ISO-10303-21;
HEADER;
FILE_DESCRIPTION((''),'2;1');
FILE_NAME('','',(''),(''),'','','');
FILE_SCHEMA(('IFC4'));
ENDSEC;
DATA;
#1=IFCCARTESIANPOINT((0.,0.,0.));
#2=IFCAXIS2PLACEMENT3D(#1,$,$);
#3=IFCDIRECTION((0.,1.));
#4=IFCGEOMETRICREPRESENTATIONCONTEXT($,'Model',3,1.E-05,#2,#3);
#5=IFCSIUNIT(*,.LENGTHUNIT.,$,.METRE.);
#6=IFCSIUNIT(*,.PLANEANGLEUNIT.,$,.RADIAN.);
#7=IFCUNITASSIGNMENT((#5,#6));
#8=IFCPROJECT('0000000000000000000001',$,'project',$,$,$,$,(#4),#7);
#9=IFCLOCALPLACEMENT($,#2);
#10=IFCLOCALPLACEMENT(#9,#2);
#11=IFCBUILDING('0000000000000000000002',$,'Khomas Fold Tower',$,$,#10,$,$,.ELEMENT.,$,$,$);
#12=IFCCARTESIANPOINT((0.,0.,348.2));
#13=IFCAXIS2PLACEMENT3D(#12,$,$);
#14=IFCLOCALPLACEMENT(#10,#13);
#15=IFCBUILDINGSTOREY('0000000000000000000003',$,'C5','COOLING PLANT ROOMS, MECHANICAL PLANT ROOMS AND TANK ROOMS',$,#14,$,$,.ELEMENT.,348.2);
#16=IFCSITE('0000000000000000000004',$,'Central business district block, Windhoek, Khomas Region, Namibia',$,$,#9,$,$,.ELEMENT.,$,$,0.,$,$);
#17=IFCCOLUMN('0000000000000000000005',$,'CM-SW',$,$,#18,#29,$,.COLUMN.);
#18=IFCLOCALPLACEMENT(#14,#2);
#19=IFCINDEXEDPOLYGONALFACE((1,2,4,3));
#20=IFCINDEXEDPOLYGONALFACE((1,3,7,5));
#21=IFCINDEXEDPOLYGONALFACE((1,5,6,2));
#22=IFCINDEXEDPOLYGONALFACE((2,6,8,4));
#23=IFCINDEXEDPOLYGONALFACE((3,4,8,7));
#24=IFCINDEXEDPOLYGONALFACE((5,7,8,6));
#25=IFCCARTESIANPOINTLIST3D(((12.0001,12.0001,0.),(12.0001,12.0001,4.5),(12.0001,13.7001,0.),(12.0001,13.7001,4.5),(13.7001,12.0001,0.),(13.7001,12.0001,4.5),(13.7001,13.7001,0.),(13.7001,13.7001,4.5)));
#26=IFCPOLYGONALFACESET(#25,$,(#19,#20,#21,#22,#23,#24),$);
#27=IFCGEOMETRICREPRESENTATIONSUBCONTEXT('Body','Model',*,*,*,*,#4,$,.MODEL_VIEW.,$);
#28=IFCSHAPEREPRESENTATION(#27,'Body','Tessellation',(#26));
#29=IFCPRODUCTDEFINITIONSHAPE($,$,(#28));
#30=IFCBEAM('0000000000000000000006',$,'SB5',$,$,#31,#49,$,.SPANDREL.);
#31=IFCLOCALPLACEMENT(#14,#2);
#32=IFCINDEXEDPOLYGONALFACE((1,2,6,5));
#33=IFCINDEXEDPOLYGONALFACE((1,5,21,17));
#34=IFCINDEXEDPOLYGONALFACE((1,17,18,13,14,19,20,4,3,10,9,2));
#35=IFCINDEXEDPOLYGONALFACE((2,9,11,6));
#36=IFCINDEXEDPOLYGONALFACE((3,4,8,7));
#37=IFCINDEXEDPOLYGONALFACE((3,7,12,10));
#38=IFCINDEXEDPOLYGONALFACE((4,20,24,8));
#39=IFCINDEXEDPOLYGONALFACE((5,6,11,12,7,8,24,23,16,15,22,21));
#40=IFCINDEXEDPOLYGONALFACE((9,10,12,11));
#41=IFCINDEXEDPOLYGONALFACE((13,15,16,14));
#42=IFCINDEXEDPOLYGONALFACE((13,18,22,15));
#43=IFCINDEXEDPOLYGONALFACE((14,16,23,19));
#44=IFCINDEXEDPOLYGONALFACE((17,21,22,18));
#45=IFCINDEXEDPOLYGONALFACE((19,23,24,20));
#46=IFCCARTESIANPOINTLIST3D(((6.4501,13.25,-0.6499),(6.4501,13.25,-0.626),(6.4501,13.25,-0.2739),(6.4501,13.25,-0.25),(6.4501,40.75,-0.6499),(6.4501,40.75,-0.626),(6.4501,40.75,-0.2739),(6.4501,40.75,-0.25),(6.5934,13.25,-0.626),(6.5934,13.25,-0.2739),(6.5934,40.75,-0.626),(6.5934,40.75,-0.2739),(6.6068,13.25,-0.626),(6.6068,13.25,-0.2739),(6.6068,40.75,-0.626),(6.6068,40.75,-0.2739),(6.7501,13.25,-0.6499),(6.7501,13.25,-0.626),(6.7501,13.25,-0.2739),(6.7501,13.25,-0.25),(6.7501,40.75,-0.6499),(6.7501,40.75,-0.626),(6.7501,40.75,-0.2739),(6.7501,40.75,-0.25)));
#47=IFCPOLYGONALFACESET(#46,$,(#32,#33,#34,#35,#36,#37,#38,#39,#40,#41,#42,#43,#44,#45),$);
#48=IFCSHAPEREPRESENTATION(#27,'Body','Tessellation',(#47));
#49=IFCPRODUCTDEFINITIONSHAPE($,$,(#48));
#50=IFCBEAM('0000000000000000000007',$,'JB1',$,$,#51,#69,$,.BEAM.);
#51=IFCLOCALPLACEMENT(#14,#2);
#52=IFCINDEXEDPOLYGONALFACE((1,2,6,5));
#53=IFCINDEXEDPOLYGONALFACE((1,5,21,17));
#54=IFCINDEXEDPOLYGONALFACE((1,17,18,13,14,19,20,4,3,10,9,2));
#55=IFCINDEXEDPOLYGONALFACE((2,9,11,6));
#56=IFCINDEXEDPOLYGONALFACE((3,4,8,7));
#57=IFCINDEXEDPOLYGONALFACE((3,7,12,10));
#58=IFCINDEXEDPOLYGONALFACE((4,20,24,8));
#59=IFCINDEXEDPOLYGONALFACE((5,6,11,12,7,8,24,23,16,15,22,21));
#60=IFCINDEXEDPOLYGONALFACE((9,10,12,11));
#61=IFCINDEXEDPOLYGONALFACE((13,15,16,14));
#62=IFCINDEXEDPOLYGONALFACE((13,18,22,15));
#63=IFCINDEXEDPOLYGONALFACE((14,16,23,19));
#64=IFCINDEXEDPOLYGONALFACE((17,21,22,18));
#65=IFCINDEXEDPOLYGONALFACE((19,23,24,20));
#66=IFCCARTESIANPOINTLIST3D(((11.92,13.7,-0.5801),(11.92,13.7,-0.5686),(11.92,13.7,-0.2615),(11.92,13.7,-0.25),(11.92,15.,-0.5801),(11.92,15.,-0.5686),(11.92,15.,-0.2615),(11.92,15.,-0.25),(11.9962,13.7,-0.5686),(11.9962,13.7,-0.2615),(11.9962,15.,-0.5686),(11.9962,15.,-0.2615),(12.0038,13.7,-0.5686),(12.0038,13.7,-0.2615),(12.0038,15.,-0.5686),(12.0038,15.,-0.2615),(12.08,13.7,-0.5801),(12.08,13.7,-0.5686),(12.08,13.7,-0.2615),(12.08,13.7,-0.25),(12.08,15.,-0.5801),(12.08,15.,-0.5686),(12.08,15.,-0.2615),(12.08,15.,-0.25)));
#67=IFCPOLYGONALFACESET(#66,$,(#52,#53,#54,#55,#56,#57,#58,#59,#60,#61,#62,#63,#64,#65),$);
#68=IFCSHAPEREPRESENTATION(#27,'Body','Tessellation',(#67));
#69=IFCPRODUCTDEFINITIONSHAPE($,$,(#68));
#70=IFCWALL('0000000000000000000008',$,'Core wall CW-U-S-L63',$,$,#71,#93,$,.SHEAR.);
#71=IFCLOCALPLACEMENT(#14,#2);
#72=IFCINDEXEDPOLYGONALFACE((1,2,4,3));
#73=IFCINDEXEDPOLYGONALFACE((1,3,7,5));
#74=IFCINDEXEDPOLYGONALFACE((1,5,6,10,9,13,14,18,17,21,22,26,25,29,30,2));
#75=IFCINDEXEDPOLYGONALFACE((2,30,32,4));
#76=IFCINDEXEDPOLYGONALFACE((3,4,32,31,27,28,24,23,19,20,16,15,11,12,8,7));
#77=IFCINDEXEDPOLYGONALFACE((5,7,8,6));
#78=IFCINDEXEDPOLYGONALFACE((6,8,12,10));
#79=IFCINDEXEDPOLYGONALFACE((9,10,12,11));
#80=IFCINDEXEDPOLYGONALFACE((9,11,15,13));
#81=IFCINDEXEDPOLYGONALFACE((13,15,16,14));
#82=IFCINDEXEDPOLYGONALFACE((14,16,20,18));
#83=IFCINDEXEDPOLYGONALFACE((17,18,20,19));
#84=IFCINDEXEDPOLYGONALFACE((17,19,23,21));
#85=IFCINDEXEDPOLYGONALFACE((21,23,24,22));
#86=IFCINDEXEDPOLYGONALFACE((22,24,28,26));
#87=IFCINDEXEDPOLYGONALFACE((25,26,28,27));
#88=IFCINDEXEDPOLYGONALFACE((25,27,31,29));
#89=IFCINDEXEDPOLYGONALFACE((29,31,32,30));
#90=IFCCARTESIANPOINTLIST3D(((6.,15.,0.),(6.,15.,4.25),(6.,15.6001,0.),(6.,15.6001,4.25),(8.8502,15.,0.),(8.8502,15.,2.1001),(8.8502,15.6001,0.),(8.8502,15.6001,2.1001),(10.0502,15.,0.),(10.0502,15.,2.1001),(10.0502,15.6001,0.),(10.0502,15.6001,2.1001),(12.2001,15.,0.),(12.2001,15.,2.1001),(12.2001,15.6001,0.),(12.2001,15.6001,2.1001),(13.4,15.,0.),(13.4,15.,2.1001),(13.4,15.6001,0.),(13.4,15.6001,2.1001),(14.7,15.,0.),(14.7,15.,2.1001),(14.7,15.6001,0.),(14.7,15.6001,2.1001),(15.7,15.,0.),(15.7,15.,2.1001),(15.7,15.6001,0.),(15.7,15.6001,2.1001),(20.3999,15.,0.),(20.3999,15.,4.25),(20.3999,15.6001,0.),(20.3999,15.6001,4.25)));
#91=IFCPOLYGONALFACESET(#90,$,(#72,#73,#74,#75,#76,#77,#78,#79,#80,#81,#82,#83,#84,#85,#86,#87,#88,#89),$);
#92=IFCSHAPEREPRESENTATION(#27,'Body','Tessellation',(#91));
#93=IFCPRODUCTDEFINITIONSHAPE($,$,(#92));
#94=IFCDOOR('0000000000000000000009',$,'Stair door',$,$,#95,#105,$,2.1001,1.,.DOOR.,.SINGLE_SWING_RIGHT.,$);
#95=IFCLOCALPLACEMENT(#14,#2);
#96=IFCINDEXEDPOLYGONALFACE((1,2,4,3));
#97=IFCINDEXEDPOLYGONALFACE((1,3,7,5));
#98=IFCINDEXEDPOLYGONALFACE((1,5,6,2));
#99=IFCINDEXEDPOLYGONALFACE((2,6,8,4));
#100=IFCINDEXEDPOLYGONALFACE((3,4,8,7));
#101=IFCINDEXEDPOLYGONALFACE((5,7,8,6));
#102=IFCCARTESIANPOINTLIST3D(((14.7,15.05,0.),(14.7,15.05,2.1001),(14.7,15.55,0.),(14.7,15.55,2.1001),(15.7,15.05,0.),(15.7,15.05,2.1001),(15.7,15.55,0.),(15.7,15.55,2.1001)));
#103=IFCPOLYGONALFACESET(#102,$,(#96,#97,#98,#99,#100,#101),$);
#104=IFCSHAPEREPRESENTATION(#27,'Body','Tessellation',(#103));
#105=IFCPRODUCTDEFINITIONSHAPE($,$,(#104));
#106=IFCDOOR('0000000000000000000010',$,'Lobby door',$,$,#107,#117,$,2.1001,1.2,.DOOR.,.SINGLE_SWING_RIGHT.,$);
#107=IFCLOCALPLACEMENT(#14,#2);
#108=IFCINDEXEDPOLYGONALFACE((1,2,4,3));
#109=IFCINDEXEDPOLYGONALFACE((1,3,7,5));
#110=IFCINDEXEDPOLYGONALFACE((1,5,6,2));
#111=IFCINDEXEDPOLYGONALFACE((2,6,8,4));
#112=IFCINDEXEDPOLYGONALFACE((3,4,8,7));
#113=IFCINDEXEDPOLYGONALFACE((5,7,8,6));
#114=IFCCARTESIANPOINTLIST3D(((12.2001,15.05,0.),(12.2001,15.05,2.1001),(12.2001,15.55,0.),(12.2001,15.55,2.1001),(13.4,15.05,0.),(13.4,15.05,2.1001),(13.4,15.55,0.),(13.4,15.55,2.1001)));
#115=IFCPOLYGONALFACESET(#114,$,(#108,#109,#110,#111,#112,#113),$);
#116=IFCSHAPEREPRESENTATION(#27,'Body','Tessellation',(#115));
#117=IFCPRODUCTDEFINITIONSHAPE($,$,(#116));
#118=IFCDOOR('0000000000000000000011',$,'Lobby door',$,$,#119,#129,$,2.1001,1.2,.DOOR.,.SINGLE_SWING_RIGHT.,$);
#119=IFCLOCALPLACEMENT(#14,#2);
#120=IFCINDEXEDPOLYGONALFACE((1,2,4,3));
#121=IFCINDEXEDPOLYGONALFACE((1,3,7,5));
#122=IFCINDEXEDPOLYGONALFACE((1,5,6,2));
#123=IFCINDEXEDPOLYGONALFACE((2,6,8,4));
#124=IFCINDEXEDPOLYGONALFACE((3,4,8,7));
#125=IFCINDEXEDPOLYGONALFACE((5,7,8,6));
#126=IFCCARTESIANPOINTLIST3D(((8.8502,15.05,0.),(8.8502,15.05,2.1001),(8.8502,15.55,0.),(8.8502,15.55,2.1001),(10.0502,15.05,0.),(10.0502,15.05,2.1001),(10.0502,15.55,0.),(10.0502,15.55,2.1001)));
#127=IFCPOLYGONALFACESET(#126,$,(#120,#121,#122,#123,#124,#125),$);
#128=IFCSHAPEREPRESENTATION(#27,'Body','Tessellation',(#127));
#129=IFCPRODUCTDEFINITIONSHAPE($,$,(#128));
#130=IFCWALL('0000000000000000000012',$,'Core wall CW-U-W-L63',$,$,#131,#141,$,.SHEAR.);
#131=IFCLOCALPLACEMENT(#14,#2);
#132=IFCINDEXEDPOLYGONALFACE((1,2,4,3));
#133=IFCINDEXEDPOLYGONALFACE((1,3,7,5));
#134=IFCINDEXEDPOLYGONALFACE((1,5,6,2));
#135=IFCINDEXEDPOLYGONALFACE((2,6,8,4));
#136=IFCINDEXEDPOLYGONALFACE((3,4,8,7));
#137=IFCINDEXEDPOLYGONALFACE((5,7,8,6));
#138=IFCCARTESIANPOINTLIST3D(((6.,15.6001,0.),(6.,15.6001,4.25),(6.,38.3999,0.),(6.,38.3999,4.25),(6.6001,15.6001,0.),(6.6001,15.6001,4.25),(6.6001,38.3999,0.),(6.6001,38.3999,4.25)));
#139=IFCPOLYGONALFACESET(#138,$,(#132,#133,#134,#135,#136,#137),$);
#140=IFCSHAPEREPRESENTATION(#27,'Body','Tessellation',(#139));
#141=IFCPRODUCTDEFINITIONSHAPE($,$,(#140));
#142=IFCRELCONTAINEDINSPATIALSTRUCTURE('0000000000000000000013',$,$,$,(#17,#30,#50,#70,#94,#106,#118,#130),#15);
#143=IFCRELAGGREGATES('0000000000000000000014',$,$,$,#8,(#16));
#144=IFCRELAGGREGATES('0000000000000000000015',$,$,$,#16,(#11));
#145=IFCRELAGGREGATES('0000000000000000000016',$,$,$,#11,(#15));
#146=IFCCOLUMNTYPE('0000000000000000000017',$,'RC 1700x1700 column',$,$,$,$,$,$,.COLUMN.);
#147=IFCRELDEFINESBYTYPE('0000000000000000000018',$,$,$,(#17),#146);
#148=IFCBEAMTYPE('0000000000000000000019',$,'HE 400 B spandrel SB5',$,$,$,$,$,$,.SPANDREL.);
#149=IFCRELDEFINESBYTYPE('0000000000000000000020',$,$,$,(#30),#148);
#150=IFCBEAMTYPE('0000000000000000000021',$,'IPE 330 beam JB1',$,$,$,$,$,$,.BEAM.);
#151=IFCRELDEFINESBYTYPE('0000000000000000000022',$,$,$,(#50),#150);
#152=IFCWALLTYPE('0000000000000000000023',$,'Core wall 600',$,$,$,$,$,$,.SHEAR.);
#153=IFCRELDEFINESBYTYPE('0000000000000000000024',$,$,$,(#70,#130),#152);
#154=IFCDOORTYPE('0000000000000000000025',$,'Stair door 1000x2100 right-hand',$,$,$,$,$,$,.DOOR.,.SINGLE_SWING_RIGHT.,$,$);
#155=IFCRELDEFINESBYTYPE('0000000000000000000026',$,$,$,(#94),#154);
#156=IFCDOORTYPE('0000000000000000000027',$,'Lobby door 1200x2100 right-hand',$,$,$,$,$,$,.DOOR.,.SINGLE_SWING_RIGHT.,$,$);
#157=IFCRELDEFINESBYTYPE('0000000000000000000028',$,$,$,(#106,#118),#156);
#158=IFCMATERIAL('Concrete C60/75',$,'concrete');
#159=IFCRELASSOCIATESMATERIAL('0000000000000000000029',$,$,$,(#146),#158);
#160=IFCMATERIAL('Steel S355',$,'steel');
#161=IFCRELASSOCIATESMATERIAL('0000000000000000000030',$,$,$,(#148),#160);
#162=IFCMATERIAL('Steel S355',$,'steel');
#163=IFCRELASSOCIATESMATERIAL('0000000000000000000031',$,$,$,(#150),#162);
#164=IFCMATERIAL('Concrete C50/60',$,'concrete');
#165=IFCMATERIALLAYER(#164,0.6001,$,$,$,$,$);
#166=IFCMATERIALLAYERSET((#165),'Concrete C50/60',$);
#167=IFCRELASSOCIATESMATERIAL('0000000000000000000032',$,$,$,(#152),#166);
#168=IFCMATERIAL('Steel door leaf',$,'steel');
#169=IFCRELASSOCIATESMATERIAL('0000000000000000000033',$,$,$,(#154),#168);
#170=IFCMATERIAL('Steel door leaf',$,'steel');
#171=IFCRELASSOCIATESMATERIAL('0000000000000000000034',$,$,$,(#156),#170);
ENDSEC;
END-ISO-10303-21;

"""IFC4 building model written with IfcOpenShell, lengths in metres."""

from ifc_helpers import new_model, si_unit, direction, frame, frame_2d, origin, origin_2d, place, context, subcontext, project, spatial, rectangle, i_section, extrude, source, transform, mapped, material, layer, layer_set, material_profile, profile_set, type_object, element, fill, save


model = new_model("IFC4")

# Units and contexts
model_context = context("Model", 3, precision=1e-05, world=origin(), true_north=direction((0.0, 1.0)))
body_context = subcontext(model_context, "Body", "Model", "MODEL_VIEW")
ifc_project = project(units=[si_unit("LENGTHUNIT", "METRE"), si_unit("PLANEANGLEUNIT", "RADIAN")], contexts=[model_context])

# Site, building, storey
site_placement = place(None, origin())
site = spatial("IfcSite", under=ifc_project, at=site_placement, Name="Central business district block, Windhoek, Khomas Region, Namibia", CompositionType="ELEMENT", RefElevation=0.0)
building_placement = place(site_placement, origin())
building = spatial("IfcBuilding", under=site, at=building_placement, Name="Khomas Fold Tower", CompositionType="ELEMENT")
storey_placement = place(building_placement, frame((0.0, 0.0, 348.2)))
storey = spatial("IfcBuildingStorey", under=building, at=storey_placement, Name="C5", Description="COOLING PLANT ROOMS, MECHANICAL PLANT ROOMS AND TANK ROOMS", CompositionType="ELEMENT", Elevation=348.2)

# Column
ifc_material_1 = material(Name="Concrete C60/75", Category="concrete")
ifc_material_profile_1 = material_profile(ifc_material_1, rectangle(XDim=1.7, YDim=1.7, at=origin_2d()), Name="RC 1700x1700")
ifc_profile_set_1 = profile_set([ifc_material_profile_1], Name="Concrete C60/75")
column_type = type_object("IfcColumnType", Name="RC 1700x1700 column", PredefinedType="COLUMN", material=ifc_profile_set_1)
shared_shape_1 = source(origin(), body_context, "Body", "SweptSolid", [
    extrude(rectangle(XDim=1.7, YDim=1.7, at=origin_2d()), origin(), (0.0, 0.0, 1.0), 4.5),
])
column_placement = place(storey_placement, frame((12.8501, 12.8501, 0.0), z_axis=(0.0, 0.0, 1.0), x_axis=(1.0, 0.0, 0.0)))
element("IfcColumn", 1, at=column_placement, inside=storey, type_object=column_type, Name="CM-SW", PredefinedType="COLUMN", context=body_context, shape_type="MappedRepresentation", body=[
    mapped(shared_shape_1, transform((0.0, 0.0, 0.0))),
])

# Beams
ifc_material_2 = material(Name="Steel S355", Category="steel")
ifc_material_profile_2 = material_profile(ifc_material_2, i_section(OverallWidth=0.3, OverallDepth=0.3999, WebThickness=0.0134, FlangeThickness=0.0239, at=origin_2d()), Name="HE 400 B")
ifc_profile_set_2 = profile_set([ifc_material_profile_2], Name="Steel S355")
beam_type_1 = type_object("IfcBeamType", Name="HE 400 B spandrel SB5", PredefinedType="SPANDREL", material=ifc_profile_set_2)
shared_shape_2 = source(origin(), body_context, "Body", "SweptSolid", [
    extrude(i_section(OverallWidth=0.3, OverallDepth=0.3999, WebThickness=0.0134, FlangeThickness=0.0239, at=origin_2d()), origin(), (0.0, 0.0, 1.0), 27.5),
])
beam_1_placement = place(storey_placement, frame((6.6001, 13.25, -0.45), z_axis=(0.0, 1.0, 0.0), x_axis=(-1.0, 0.0, 0.0)))
element("IfcBeam", 2, at=beam_1_placement, inside=storey, type_object=beam_type_1, Name="SB5", PredefinedType="SPANDREL", context=body_context, shape_type="MappedRepresentation", body=[
    mapped(shared_shape_2, transform((0.0, 0.0, 0.0))),
])
ifc_material_3 = material(Name="Steel S355", Category="steel")
ifc_material_profile_3 = material_profile(ifc_material_3, i_section(OverallWidth=0.1599, OverallDepth=0.3301, WebThickness=0.0076, FlangeThickness=0.0115, at=origin_2d()), Name="IPE 330")
ifc_profile_set_3 = profile_set([ifc_material_profile_3], Name="Steel S355")
beam_type_2 = type_object("IfcBeamType", Name="IPE 330 beam JB1", PredefinedType="BEAM", material=ifc_profile_set_3)
shared_shape_3 = source(origin(), body_context, "Body", "SweptSolid", [
    extrude(i_section(OverallWidth=0.1599, OverallDepth=0.3301, WebThickness=0.0076, FlangeThickness=0.0115, at=origin_2d()), origin(), (0.0, 0.0, 1.0), 1.3),
])
beam_2_placement = place(storey_placement, frame((12.0, 13.7, -0.415), z_axis=(0.0, 1.0, 0.0), x_axis=(-1.0, 0.0, 0.0)))
element("IfcBeam", 3, at=beam_2_placement, inside=storey, type_object=beam_type_2, Name="JB1", PredefinedType="BEAM", context=body_context, shape_type="MappedRepresentation", body=[
    mapped(shared_shape_3, transform((0.0, 0.0, 0.0))),
])

# Wall, openings, doors
ifc_material_4 = material(Name="Concrete C50/60", Category="concrete")
ifc_layer_1 = layer(ifc_material_4, 0.6001)
ifc_layer_set_1 = layer_set([ifc_layer_1], Name="Concrete C50/60")
wall_type_1 = type_object("IfcWallType", Name="Core wall 600", PredefinedType="SHEAR", material=ifc_layer_set_1)
shared_shape_4 = source(origin(), body_context, "Body", "SweptSolid", [
    extrude(rectangle(XDim=14.3999, YDim=0.6001, at=frame_2d((7.2, 0.0))), origin(), (0.0, 0.0, 1.0), 4.25),
])
wall_1_placement = place(storey_placement, frame((6.0, 15.3, 0.0), z_axis=(0.0, 0.0, 1.0), x_axis=(1.0, 0.0, 0.0)))
wall_1 = element("IfcWall", 4, at=wall_1_placement, inside=storey, type_object=wall_type_1, Name="Core wall CW-U-S-L63", PredefinedType="SHEAR", context=body_context, shape_type="MappedRepresentation", body=[
    mapped(shared_shape_4, transform((0.0, 0.0, 0.0))),
])
shared_shape_5 = source(origin(), body_context, "Body", "SweptSolid", [
    extrude(rectangle(XDim=1.2, YDim=2.1001, at=frame_2d((0.6001, 1.05))), frame((0.0, 0.3101, 0.0), z_axis=(0.0, -1.0, 0.0), x_axis=(1.0, 0.0, 0.0)), (0.0, 0.0, 1.0), 0.6201),
])
opening_1_placement = place(wall_1_placement, frame((6.2, 0.0, 0.0)))
opening_1 = element("IfcOpeningElement", 5, at=opening_1_placement, cuts=wall_1, PredefinedType="OPENING", context=body_context, shape_type="MappedRepresentation", body=[
    mapped(shared_shape_5, transform((0.0, 0.0, 0.0))),
])
opening_2_placement = place(wall_1_placement, frame((2.8501, 0.0, 0.0)))
opening_2 = element("IfcOpeningElement", 6, at=opening_2_placement, cuts=wall_1, PredefinedType="OPENING", context=body_context, shape_type="MappedRepresentation", body=[
    mapped(shared_shape_5, transform((0.0, 0.0, 0.0))),
])
shared_shape_6 = source(origin(), body_context, "Body", "SweptSolid", [
    extrude(rectangle(XDim=1.0, YDim=2.1001, at=frame_2d((0.5, 1.05))), frame((0.0, 0.3101, 0.0), z_axis=(0.0, -1.0, 0.0), x_axis=(1.0, 0.0, 0.0)), (0.0, 0.0, 1.0), 0.6201),
])
opening_3_placement = place(wall_1_placement, frame((8.7, 0.0, 0.0)))
opening_3 = element("IfcOpeningElement", 7, at=opening_3_placement, cuts=wall_1, PredefinedType="OPENING", context=body_context, shape_type="MappedRepresentation", body=[
    mapped(shared_shape_6, transform((0.0, 0.0, 0.0))),
])
ifc_material_5 = material(Name="Steel door leaf", Category="steel")
door_type_1 = type_object("IfcDoorType", Name="Stair door 1000x2100 right-hand", OperationType="SINGLE_SWING_RIGHT", PredefinedType="DOOR", material=ifc_material_5)
shared_shape_7 = source(origin(), body_context, "Body", "SweptSolid", [
    extrude(rectangle(XDim=1.0, YDim=2.1001, at=frame_2d((0.5, 1.05))), frame((0.0, 0.25, 0.0), z_axis=(0.0, -1.0, 0.0), x_axis=(1.0, 0.0, 0.0)), (0.0, 0.0, 1.0), 0.5),
])
door_1_placement = place(opening_3_placement, origin())
door_1 = element("IfcDoor", 8, at=door_1_placement, inside=storey, type_object=door_type_1, Name="Stair door", OperationType="SINGLE_SWING_RIGHT", OverallHeight=2.1001, OverallWidth=1.0, PredefinedType="DOOR", context=body_context, shape_type="MappedRepresentation", body=[
    mapped(shared_shape_7, transform((0.0, 0.0, 0.0))),
])
fill(opening_3, door_1)
ifc_material_6 = material(Name="Steel door leaf", Category="steel")
door_type_2 = type_object("IfcDoorType", Name="Lobby door 1200x2100 right-hand", OperationType="SINGLE_SWING_RIGHT", PredefinedType="DOOR", material=ifc_material_6)
shared_shape_8 = source(origin(), body_context, "Body", "SweptSolid", [
    extrude(rectangle(XDim=1.2, YDim=2.1001, at=frame_2d((0.6001, 1.05))), frame((0.0, 0.25, 0.0), z_axis=(0.0, -1.0, 0.0), x_axis=(1.0, 0.0, 0.0)), (0.0, 0.0, 1.0), 0.5),
])
door_2_placement = place(opening_1_placement, origin())
door_2 = element("IfcDoor", 9, at=door_2_placement, inside=storey, type_object=door_type_2, Name="Lobby door", OperationType="SINGLE_SWING_RIGHT", OverallHeight=2.1001, OverallWidth=1.2, PredefinedType="DOOR", context=body_context, shape_type="MappedRepresentation", body=[
    mapped(shared_shape_8, transform((0.0, 0.0, 0.0))),
])
fill(opening_1, door_2)
door_3_placement = place(opening_2_placement, origin())
door_3 = element("IfcDoor", 10, at=door_3_placement, inside=storey, type_object=door_type_2, Name="Lobby door", OperationType="SINGLE_SWING_RIGHT", OverallHeight=2.1001, OverallWidth=1.2, PredefinedType="DOOR", context=body_context, shape_type="MappedRepresentation", body=[
    mapped(shared_shape_8, transform((0.0, 0.0, 0.0))),
])
fill(opening_2, door_3)

# Wall
shared_shape_9 = source(origin(), body_context, "Body", "SweptSolid", [
    extrude(rectangle(XDim=22.7998, YDim=0.6001, at=frame_2d((11.3999, 0.0))), origin(), (0.0, 0.0, 1.0), 4.25),
])
wall_2_placement = place(storey_placement, frame((6.3, 15.6001, 0.0), z_axis=(0.0, 0.0, 1.0), x_axis=(0.0, 1.0, 0.0)))
element("IfcWall", 11, at=wall_2_placement, inside=storey, type_object=wall_type_1, Name="Core wall CW-U-W-L63", PredefinedType="SHEAR", context=body_context, shape_type="MappedRepresentation", body=[
    mapped(shared_shape_9, transform((0.0, 0.0, 0.0))),
])

save(model, "model.ifc")
